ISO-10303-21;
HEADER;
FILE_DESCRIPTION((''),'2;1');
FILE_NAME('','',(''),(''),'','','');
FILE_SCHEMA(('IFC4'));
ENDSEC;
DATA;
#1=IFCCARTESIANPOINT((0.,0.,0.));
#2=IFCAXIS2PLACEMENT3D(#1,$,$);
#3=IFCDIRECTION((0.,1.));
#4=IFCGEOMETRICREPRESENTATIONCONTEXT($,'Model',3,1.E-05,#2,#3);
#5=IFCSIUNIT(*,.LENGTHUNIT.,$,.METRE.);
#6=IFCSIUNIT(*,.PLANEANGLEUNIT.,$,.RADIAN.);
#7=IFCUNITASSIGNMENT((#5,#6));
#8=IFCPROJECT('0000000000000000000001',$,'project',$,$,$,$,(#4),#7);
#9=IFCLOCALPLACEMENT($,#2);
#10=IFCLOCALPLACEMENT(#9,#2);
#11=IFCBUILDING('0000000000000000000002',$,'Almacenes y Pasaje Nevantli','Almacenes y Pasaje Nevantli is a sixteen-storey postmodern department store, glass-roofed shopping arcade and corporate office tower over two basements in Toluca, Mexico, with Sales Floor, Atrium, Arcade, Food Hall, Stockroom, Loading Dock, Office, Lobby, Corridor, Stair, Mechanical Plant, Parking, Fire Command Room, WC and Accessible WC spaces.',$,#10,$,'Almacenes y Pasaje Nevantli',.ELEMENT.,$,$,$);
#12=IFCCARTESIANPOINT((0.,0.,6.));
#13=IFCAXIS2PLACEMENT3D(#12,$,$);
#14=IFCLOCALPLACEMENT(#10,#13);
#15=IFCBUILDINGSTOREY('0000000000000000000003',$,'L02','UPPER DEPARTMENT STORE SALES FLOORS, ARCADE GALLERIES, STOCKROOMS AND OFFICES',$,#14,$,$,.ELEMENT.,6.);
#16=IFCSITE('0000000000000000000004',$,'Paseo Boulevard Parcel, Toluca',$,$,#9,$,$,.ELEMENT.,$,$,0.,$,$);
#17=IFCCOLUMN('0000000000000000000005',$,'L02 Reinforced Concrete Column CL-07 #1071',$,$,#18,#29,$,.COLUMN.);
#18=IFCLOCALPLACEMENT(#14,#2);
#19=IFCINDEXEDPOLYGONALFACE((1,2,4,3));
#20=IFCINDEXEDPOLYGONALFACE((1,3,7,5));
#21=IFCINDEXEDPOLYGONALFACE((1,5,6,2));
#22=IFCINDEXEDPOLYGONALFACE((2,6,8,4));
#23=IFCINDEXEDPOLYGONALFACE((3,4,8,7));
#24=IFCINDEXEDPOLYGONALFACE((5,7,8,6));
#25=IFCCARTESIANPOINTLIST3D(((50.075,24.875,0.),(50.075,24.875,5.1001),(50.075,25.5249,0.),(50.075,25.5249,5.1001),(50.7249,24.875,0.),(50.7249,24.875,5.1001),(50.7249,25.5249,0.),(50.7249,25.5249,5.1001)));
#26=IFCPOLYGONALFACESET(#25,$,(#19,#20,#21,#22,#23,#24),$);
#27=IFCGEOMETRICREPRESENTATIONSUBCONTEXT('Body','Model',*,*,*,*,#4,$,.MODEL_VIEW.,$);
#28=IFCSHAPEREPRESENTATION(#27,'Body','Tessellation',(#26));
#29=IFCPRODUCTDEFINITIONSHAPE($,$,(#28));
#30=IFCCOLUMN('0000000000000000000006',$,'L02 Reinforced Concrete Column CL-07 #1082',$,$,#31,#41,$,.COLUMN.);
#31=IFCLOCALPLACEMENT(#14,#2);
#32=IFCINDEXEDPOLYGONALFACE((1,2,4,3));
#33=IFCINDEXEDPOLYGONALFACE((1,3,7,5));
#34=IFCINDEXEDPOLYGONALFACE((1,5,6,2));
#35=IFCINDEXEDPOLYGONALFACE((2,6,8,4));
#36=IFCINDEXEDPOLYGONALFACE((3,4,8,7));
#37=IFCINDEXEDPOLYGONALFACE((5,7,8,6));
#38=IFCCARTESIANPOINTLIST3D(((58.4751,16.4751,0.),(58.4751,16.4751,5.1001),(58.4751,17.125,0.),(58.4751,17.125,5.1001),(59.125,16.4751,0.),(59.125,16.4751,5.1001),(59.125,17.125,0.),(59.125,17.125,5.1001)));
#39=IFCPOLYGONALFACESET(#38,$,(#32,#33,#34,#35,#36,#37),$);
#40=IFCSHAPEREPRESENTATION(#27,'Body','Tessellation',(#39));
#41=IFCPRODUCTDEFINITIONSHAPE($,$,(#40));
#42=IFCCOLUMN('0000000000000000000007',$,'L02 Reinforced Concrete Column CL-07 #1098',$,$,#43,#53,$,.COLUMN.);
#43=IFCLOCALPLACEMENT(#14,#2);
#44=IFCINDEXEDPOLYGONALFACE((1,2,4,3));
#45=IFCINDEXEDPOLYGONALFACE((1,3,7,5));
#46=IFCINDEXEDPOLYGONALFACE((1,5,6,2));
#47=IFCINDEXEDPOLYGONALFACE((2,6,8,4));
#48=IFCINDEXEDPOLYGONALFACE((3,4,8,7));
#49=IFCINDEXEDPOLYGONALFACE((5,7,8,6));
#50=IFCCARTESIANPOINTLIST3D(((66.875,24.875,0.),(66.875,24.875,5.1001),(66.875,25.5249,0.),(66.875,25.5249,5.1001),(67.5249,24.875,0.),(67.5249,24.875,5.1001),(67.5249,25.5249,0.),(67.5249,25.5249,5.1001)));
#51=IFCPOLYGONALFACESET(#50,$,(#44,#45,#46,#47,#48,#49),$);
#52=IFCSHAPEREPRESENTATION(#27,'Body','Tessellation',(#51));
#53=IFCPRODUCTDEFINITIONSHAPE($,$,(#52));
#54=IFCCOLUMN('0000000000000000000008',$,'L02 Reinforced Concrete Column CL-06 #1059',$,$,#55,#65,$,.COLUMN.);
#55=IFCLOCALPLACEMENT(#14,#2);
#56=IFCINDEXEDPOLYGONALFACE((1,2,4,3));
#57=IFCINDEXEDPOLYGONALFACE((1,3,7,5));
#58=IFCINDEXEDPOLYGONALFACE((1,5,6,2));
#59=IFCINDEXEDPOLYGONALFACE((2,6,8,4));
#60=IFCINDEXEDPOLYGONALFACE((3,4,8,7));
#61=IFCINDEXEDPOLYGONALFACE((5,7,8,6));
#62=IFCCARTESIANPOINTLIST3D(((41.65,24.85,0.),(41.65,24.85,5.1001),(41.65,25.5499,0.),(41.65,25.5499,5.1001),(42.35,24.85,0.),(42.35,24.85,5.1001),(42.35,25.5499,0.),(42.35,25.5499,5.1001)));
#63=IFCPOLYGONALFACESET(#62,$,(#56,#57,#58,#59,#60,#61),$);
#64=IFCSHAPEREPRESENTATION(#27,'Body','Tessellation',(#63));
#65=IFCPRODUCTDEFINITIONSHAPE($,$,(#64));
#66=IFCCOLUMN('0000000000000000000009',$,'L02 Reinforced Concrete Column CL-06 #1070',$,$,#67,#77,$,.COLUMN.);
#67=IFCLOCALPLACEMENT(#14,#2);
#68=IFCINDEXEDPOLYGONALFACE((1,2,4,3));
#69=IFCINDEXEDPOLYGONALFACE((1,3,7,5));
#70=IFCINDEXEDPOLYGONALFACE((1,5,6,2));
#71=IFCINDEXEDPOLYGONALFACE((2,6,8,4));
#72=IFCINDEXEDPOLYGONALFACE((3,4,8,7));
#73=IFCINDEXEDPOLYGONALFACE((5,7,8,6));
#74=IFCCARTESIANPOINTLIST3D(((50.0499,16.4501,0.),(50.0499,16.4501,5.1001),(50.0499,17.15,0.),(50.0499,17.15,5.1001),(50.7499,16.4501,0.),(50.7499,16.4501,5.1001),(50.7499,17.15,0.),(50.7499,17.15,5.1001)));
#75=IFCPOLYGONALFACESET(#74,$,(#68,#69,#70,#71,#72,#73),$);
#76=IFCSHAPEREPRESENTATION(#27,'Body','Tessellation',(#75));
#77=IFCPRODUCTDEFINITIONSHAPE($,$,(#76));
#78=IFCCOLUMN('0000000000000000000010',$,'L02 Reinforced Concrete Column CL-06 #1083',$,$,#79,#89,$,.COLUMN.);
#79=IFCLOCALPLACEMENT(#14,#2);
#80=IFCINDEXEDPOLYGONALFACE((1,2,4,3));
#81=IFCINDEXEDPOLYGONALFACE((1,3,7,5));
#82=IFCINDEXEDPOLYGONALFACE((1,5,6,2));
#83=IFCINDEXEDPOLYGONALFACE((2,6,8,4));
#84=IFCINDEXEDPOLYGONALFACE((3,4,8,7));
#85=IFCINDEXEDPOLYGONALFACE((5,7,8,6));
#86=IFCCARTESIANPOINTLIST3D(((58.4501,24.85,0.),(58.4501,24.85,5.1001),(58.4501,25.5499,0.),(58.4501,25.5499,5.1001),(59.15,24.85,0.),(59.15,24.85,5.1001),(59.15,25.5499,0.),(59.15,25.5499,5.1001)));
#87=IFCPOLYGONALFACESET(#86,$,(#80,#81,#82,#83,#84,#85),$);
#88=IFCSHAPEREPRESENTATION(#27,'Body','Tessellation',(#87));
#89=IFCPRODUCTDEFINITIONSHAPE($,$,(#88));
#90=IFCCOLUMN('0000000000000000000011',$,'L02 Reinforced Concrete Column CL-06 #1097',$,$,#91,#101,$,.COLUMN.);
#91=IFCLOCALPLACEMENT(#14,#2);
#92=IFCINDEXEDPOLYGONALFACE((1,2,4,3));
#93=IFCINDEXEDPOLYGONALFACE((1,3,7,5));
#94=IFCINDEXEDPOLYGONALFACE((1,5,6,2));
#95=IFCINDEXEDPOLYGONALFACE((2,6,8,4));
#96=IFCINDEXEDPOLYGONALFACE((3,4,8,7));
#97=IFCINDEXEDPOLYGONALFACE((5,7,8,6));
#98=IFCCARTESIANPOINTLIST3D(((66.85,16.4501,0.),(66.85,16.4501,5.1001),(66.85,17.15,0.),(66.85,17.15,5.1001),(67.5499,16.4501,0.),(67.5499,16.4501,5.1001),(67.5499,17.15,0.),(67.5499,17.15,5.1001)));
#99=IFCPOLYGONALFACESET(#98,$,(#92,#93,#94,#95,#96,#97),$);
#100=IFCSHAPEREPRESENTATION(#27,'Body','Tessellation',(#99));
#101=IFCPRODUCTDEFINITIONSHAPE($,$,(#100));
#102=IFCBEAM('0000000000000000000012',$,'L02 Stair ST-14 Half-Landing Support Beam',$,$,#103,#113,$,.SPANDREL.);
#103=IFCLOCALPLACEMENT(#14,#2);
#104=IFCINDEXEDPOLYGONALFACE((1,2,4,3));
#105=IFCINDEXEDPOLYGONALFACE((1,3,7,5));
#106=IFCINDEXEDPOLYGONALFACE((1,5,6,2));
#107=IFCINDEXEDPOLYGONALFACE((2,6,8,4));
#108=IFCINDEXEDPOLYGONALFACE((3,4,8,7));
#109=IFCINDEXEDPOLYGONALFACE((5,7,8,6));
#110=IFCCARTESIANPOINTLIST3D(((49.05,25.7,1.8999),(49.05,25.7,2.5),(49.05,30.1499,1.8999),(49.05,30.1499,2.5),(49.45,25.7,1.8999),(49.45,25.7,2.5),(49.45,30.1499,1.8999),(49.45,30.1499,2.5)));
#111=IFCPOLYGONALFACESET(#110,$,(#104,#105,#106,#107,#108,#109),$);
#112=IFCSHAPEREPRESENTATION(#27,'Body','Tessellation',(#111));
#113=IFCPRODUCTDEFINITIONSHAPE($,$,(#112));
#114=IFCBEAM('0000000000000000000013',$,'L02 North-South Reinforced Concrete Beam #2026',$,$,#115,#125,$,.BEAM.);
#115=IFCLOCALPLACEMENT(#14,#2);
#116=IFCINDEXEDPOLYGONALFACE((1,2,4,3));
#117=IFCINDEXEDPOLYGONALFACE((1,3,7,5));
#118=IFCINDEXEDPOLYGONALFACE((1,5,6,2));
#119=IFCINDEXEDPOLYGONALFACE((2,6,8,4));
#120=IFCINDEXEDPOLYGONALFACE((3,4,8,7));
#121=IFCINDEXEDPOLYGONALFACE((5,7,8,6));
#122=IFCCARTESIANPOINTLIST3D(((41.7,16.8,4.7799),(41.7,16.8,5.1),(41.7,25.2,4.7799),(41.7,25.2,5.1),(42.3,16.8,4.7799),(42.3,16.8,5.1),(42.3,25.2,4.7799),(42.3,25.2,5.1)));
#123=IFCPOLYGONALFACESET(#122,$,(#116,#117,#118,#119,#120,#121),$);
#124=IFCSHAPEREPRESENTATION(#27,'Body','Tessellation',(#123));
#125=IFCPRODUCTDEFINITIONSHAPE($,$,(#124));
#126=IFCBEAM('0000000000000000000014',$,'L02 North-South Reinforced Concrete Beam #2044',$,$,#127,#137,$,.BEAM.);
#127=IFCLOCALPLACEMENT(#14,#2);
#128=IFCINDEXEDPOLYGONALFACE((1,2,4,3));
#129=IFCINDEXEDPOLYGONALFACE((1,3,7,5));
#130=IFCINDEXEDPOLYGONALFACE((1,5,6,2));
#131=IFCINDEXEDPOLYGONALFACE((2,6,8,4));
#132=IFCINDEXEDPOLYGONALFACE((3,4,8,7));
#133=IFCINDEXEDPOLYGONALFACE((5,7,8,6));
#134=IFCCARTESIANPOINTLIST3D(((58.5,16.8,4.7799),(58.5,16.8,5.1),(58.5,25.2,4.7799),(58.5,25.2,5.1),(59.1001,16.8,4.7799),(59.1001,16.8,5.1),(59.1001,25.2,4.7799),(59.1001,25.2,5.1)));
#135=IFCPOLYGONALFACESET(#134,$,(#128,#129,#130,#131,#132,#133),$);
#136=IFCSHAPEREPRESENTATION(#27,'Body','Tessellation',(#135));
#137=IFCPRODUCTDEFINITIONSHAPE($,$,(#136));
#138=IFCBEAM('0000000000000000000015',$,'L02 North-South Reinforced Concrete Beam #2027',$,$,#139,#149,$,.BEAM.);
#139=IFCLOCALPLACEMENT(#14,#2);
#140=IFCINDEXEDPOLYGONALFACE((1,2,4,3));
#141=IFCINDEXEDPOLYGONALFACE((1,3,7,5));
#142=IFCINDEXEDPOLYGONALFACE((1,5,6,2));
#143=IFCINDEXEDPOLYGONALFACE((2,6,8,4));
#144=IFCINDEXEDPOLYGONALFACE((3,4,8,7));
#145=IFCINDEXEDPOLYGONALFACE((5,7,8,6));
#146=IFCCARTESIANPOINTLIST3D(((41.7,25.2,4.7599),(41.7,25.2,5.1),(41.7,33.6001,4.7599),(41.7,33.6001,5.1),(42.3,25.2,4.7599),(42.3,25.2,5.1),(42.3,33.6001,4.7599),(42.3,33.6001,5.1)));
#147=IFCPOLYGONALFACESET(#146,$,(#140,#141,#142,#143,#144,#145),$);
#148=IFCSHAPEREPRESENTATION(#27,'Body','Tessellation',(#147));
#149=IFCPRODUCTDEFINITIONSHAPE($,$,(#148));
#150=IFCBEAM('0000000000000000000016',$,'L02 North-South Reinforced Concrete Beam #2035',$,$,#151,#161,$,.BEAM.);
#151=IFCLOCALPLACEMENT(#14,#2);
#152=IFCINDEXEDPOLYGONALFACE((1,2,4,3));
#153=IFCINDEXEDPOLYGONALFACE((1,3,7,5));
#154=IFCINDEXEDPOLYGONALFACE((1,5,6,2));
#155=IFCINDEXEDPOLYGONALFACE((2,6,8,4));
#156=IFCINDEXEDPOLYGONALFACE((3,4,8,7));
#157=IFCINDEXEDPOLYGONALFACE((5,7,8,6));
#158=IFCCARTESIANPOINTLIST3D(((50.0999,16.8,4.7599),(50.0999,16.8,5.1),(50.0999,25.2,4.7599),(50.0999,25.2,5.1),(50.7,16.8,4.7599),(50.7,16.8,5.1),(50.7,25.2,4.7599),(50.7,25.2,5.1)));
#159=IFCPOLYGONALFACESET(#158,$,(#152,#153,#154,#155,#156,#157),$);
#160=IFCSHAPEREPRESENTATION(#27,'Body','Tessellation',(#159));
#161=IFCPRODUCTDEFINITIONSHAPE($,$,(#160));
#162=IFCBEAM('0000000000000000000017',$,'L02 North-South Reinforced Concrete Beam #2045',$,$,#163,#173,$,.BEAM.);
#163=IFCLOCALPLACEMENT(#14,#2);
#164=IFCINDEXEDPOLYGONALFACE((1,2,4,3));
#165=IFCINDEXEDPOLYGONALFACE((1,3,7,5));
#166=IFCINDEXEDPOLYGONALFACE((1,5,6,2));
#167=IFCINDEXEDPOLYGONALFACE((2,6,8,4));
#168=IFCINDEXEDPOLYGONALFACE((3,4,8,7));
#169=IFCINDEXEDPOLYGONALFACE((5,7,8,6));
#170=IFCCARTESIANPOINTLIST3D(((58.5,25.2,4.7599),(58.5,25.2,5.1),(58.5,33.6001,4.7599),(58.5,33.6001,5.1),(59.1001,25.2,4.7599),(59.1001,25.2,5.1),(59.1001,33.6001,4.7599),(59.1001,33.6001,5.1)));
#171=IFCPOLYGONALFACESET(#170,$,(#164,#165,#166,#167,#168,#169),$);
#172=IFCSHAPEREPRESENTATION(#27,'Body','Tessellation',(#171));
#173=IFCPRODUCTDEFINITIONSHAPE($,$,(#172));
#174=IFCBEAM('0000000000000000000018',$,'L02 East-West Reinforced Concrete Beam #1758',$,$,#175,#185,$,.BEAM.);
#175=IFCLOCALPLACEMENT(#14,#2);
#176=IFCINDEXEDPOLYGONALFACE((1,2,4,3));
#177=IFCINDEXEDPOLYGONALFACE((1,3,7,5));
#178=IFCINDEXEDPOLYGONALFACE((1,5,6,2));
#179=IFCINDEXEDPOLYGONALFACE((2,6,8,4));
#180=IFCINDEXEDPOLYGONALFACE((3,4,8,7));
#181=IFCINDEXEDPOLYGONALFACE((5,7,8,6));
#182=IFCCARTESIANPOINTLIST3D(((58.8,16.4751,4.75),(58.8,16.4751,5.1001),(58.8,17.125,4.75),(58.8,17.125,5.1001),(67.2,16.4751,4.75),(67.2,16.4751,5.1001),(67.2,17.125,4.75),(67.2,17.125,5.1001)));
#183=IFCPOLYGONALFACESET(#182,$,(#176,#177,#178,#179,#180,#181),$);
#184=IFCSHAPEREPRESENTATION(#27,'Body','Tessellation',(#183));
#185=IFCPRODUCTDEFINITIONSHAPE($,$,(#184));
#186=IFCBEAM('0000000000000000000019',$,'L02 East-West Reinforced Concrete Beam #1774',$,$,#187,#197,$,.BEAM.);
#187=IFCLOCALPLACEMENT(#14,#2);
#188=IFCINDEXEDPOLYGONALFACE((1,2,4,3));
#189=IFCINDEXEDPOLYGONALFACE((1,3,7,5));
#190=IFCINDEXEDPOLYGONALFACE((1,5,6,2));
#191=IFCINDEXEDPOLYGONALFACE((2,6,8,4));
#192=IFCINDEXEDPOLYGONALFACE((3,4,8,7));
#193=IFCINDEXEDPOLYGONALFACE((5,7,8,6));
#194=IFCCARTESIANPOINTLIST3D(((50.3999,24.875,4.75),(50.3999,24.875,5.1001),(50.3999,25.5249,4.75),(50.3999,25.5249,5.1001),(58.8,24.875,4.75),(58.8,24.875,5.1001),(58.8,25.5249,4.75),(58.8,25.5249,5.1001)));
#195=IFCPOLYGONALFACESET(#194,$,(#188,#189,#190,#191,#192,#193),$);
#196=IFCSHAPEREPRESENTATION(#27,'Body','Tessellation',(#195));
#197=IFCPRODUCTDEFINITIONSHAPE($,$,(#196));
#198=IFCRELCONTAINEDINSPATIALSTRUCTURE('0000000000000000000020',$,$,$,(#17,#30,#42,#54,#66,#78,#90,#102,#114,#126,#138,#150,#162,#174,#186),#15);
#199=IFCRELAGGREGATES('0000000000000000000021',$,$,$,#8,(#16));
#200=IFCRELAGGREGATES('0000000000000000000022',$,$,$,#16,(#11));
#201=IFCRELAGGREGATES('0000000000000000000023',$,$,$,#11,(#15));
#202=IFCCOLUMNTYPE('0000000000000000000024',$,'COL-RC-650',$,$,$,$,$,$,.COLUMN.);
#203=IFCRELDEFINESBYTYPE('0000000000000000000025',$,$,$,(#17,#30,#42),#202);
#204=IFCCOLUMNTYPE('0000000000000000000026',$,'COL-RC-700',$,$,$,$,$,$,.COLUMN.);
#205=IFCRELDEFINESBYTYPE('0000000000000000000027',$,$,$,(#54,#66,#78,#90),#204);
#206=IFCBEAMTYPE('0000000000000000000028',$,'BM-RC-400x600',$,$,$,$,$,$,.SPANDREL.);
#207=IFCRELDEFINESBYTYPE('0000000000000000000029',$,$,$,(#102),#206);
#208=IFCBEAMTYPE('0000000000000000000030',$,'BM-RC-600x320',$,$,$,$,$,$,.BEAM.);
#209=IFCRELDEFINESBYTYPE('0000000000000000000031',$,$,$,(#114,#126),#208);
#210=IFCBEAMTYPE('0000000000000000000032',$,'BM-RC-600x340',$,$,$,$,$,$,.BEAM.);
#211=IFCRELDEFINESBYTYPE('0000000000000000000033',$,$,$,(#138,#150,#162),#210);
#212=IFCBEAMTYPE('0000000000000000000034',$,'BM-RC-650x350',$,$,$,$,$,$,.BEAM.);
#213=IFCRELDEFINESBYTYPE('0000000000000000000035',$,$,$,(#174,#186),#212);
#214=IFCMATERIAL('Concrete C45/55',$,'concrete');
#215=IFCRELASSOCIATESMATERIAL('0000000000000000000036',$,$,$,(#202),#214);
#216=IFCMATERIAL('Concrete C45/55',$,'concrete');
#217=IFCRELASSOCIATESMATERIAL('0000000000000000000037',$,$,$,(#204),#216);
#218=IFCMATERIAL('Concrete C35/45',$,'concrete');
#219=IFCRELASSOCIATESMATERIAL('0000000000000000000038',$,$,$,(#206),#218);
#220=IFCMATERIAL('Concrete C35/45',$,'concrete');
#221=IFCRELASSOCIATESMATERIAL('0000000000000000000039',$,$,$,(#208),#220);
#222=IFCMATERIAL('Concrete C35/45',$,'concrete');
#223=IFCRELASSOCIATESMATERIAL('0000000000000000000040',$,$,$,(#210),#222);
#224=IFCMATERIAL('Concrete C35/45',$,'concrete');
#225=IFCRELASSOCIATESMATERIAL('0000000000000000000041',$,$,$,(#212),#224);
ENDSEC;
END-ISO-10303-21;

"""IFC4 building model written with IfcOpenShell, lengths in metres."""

from ifc_helpers import new_model, si_unit, direction, frame, origin, origin_2d, place, context, subcontext, project, spatial, rectangle, extrude, material, material_profile, profile_set, type_object, element, save


model = new_model("IFC4")

# Units and contexts
model_context = context("Model", 3, precision=1e-05, world=origin(), true_north=direction((0.0, 1.0)))
body_context = subcontext(model_context, "Body", "Model", "MODEL_VIEW")
ifc_project = project(units=[si_unit("LENGTHUNIT", "METRE"), si_unit("PLANEANGLEUNIT", "RADIAN")], contexts=[model_context])

# Site, building, storey
site_placement = place(None, origin())
site = spatial("IfcSite", under=ifc_project, at=site_placement, Name="Paseo Boulevard Parcel, Toluca", CompositionType="ELEMENT", RefElevation=0.0)
building_placement = place(site_placement, origin())
building = spatial("IfcBuilding", under=site, at=building_placement, Name="Almacenes y Pasaje Nevantli", Description="Almacenes y Pasaje Nevantli is a sixteen-storey postmodern department store, glass-roofed shopping arcade and corporate office tower over two basements in Toluca, Mexico, with Sales Floor, Atrium, Arcade, Food Hall, Stockroom, Loading Dock, Office, Lobby, Corridor, Stair, Mechanical Plant, Parking, Fire Command Room, WC and Accessible WC spaces.", LongName="Almacenes y Pasaje Nevantli", CompositionType="ELEMENT")
storey_placement = place(building_placement, frame((0.0, 0.0, 6.0)))
storey = spatial("IfcBuildingStorey", under=building, at=storey_placement, Name="L02", Description="UPPER DEPARTMENT STORE SALES FLOORS, ARCADE GALLERIES, STOCKROOMS AND OFFICES", CompositionType="ELEMENT", Elevation=6.0)

# Columns
ifc_material_1 = material(Name="Concrete C45/55", Category="concrete")
ifc_material_profile_1 = material_profile(ifc_material_1, rectangle(XDim=0.6499, YDim=0.6499, at=origin_2d()), Name="RC-COL-650x650")
ifc_profile_set_1 = profile_set([ifc_material_profile_1], Name="Concrete C45/55")
column_type_1 = type_object("IfcColumnType", Name="COL-RC-650", PredefinedType="COLUMN", material=ifc_profile_set_1)
for number, where, z_axis, x_axis, name in (
    (1, (50.3999, 25.2, 0.0), (0.0, 0.0, 1.0), (1.0, 0.0, 0.0), "L02 Reinforced Concrete Column CL-07 #1071"),
    (2, (58.8, 16.8, 0.0), (0.0, 0.0, 1.0), (1.0, 0.0, 0.0), "L02 Reinforced Concrete Column CL-07 #1082"),
    (3, (67.2, 25.2, 0.0), (0.0, 0.0, 1.0), (1.0, 0.0, 0.0), "L02 Reinforced Concrete Column CL-07 #1098"),
):
    element("IfcColumn", number, at=place(storey_placement, frame(where, z_axis=z_axis, x_axis=x_axis)), inside=storey, type_object=column_type_1, Name=name, PredefinedType="COLUMN", context=body_context, shape_type="SweptSolid", body=[
        extrude(rectangle(XDim=0.6499, YDim=0.6499, at=origin_2d()), origin(), (0.0, 0.0, 1.0), 5.1001),
    ])
ifc_material_2 = material(Name="Concrete C45/55", Category="concrete")
ifc_material_profile_2 = material_profile(ifc_material_2, rectangle(XDim=0.7, YDim=0.7, at=origin_2d()), Name="RC-COL-700x700")
ifc_profile_set_2 = profile_set([ifc_material_profile_2], Name="Concrete C45/55")
column_type_2 = type_object("IfcColumnType", Name="COL-RC-700", PredefinedType="COLUMN", material=ifc_profile_set_2)
for number, where, z_axis, x_axis, name in (
    (4, (42.0, 25.2, 0.0), (0.0, 0.0, 1.0), (1.0, 0.0, 0.0), "L02 Reinforced Concrete Column CL-06 #1059"),
    (5, (50.3999, 16.8, 0.0), (0.0, 0.0, 1.0), (1.0, 0.0, 0.0), "L02 Reinforced Concrete Column CL-06 #1070"),
    (6, (58.8, 25.2, 0.0), (0.0, 0.0, 1.0), (1.0, 0.0, 0.0), "L02 Reinforced Concrete Column CL-06 #1083"),
    (7, (67.2, 16.8, 0.0), (0.0, 0.0, 1.0), (1.0, 0.0, 0.0), "L02 Reinforced Concrete Column CL-06 #1097"),
):
    element("IfcColumn", number, at=place(storey_placement, frame(where, z_axis=z_axis, x_axis=x_axis)), inside=storey, type_object=column_type_2, Name=name, PredefinedType="COLUMN", context=body_context, shape_type="SweptSolid", body=[
        extrude(rectangle(XDim=0.7, YDim=0.7, at=origin_2d()), origin(), (0.0, 0.0, 1.0), 5.1001),
    ])

# Beams
ifc_material_3 = material(Name="Concrete C35/45", Category="concrete")
ifc_material_profile_3 = material_profile(ifc_material_3, rectangle(XDim=0.3999, YDim=0.6001, at=origin_2d()), Name="RC-BM-400x600")
ifc_profile_set_3 = profile_set([ifc_material_profile_3], Name="Concrete C35/45")
beam_type_1 = type_object("IfcBeamType", Name="BM-RC-400x600", PredefinedType="SPANDREL", material=ifc_profile_set_3)
beam_1_placement = place(storey_placement, frame((49.25, 25.7, 2.2), z_axis=(0.0, 1.0, 0.0), x_axis=(-1.0, 0.0, 0.0)))
element("IfcBeam", 8, at=beam_1_placement, inside=storey, type_object=beam_type_1, Name="L02 Stair ST-14 Half-Landing Support Beam", PredefinedType="SPANDREL", context=body_context, shape_type="SweptSolid", body=[
    extrude(rectangle(XDim=0.3999, YDim=0.6001, at=origin_2d()), origin(), (0.0, 0.0, 1.0), 4.45),
])
ifc_material_4 = material(Name="Concrete C35/45", Category="concrete")
ifc_material_profile_4 = material_profile(ifc_material_4, rectangle(XDim=0.6001, YDim=0.3201, at=origin_2d()), Name="RC-BM-600x320")
ifc_profile_set_4 = profile_set([ifc_material_profile_4], Name="Concrete C35/45")
beam_type_2 = type_object("IfcBeamType", Name="BM-RC-600x320", PredefinedType="BEAM", material=ifc_profile_set_4)
for number, where, z_axis, x_axis, name in (
    (9, (42.0, 16.8, 4.9399), (0.0, 1.0, 0.0), (-1.0, 0.0, 0.0), "L02 North-South Reinforced Concrete Beam #2026"),
    (10, (58.8, 16.8, 4.9399), (0.0, 1.0, 0.0), (-1.0, 0.0, 0.0), "L02 North-South Reinforced Concrete Beam #2044"),
):
    element("IfcBeam", number, at=place(storey_placement, frame(where, z_axis=z_axis, x_axis=x_axis)), inside=storey, type_object=beam_type_2, Name=name, PredefinedType="BEAM", context=body_context, shape_type="SweptSolid", body=[
        extrude(rectangle(XDim=0.6001, YDim=0.3201, at=origin_2d()), origin(), (0.0, 0.0, 1.0), 8.3999),
    ])
ifc_material_5 = material(Name="Concrete C35/45", Category="concrete")
ifc_material_profile_5 = material_profile(ifc_material_5, rectangle(XDim=0.6001, YDim=0.3401, at=origin_2d()), Name="RC-BM-600x340")
ifc_profile_set_5 = profile_set([ifc_material_profile_5], Name="Concrete C35/45")
beam_type_3 = type_object("IfcBeamType", Name="BM-RC-600x340", PredefinedType="BEAM", material=ifc_profile_set_5)
beam_2_placement = place(storey_placement, frame((42.0, 25.2, 4.9299), z_axis=(0.0, 1.0, 0.0), x_axis=(-1.0, 0.0, 0.0)))
element("IfcBeam", 11, at=beam_2_placement, inside=storey, type_object=beam_type_3, Name="L02 North-South Reinforced Concrete Beam #2027", PredefinedType="BEAM", context=body_context, shape_type="SweptSolid", body=[
    extrude(rectangle(XDim=0.6001, YDim=0.3401, at=origin_2d()), origin(), (0.0, 0.0, 1.0), 8.4001),
])
beam_3_placement = place(storey_placement, frame((50.3999, 16.8, 4.9299), z_axis=(0.0, 1.0, 0.0), x_axis=(-1.0, 0.0, 0.0)))
element("IfcBeam", 12, at=beam_3_placement, inside=storey, type_object=beam_type_3, Name="L02 North-South Reinforced Concrete Beam #2035", PredefinedType="BEAM", context=body_context, shape_type="SweptSolid", body=[
    extrude(rectangle(XDim=0.6001, YDim=0.3401, at=origin_2d()), origin(), (0.0, 0.0, 1.0), 8.3999),
])
beam_4_placement = place(storey_placement, frame((58.8, 25.2, 4.9299), z_axis=(0.0, 1.0, 0.0), x_axis=(-1.0, 0.0, 0.0)))
element("IfcBeam", 13, at=beam_4_placement, inside=storey, type_object=beam_type_3, Name="L02 North-South Reinforced Concrete Beam #2045", PredefinedType="BEAM", context=body_context, shape_type="SweptSolid", body=[
    extrude(rectangle(XDim=0.6001, YDim=0.3401, at=origin_2d()), origin(), (0.0, 0.0, 1.0), 8.4001),
])
ifc_material_6 = material(Name="Concrete C35/45", Category="concrete")
ifc_material_profile_6 = material_profile(ifc_material_6, rectangle(XDim=0.6499, YDim=0.3501, at=origin_2d()), Name="RC-BM-650x350")
ifc_profile_set_6 = profile_set([ifc_material_profile_6], Name="Concrete C35/45")
beam_type_4 = type_object("IfcBeamType", Name="BM-RC-650x350", PredefinedType="BEAM", material=ifc_profile_set_6)
beam_5_placement = place(storey_placement, frame((58.8, 16.8, 4.925), z_axis=(1.0, 0.0, 0.0), x_axis=(0.0, 1.0, 0.0)))
element("IfcBeam", 14, at=beam_5_placement, inside=storey, type_object=beam_type_4, Name="L02 East-West Reinforced Concrete Beam #1758", PredefinedType="BEAM", context=body_context, shape_type="SweptSolid", body=[
    extrude(rectangle(XDim=0.6499, YDim=0.3501, at=origin_2d()), origin(), (0.0, 0.0, 1.0), 8.3999),
])
beam_6_placement = place(storey_placement, frame((50.3999, 25.2, 4.925), z_axis=(1.0, 0.0, 0.0), x_axis=(0.0, 1.0, 0.0)))
element("IfcBeam", 15, at=beam_6_placement, inside=storey, type_object=beam_type_4, Name="L02 East-West Reinforced Concrete Beam #1774", PredefinedType="BEAM", context=body_context, shape_type="SweptSolid", body=[
    extrude(rectangle(XDim=0.6499, YDim=0.3501, at=origin_2d()), origin(), (0.0, 0.0, 1.0), 8.4001),
])

save(model, "model.ifc")
